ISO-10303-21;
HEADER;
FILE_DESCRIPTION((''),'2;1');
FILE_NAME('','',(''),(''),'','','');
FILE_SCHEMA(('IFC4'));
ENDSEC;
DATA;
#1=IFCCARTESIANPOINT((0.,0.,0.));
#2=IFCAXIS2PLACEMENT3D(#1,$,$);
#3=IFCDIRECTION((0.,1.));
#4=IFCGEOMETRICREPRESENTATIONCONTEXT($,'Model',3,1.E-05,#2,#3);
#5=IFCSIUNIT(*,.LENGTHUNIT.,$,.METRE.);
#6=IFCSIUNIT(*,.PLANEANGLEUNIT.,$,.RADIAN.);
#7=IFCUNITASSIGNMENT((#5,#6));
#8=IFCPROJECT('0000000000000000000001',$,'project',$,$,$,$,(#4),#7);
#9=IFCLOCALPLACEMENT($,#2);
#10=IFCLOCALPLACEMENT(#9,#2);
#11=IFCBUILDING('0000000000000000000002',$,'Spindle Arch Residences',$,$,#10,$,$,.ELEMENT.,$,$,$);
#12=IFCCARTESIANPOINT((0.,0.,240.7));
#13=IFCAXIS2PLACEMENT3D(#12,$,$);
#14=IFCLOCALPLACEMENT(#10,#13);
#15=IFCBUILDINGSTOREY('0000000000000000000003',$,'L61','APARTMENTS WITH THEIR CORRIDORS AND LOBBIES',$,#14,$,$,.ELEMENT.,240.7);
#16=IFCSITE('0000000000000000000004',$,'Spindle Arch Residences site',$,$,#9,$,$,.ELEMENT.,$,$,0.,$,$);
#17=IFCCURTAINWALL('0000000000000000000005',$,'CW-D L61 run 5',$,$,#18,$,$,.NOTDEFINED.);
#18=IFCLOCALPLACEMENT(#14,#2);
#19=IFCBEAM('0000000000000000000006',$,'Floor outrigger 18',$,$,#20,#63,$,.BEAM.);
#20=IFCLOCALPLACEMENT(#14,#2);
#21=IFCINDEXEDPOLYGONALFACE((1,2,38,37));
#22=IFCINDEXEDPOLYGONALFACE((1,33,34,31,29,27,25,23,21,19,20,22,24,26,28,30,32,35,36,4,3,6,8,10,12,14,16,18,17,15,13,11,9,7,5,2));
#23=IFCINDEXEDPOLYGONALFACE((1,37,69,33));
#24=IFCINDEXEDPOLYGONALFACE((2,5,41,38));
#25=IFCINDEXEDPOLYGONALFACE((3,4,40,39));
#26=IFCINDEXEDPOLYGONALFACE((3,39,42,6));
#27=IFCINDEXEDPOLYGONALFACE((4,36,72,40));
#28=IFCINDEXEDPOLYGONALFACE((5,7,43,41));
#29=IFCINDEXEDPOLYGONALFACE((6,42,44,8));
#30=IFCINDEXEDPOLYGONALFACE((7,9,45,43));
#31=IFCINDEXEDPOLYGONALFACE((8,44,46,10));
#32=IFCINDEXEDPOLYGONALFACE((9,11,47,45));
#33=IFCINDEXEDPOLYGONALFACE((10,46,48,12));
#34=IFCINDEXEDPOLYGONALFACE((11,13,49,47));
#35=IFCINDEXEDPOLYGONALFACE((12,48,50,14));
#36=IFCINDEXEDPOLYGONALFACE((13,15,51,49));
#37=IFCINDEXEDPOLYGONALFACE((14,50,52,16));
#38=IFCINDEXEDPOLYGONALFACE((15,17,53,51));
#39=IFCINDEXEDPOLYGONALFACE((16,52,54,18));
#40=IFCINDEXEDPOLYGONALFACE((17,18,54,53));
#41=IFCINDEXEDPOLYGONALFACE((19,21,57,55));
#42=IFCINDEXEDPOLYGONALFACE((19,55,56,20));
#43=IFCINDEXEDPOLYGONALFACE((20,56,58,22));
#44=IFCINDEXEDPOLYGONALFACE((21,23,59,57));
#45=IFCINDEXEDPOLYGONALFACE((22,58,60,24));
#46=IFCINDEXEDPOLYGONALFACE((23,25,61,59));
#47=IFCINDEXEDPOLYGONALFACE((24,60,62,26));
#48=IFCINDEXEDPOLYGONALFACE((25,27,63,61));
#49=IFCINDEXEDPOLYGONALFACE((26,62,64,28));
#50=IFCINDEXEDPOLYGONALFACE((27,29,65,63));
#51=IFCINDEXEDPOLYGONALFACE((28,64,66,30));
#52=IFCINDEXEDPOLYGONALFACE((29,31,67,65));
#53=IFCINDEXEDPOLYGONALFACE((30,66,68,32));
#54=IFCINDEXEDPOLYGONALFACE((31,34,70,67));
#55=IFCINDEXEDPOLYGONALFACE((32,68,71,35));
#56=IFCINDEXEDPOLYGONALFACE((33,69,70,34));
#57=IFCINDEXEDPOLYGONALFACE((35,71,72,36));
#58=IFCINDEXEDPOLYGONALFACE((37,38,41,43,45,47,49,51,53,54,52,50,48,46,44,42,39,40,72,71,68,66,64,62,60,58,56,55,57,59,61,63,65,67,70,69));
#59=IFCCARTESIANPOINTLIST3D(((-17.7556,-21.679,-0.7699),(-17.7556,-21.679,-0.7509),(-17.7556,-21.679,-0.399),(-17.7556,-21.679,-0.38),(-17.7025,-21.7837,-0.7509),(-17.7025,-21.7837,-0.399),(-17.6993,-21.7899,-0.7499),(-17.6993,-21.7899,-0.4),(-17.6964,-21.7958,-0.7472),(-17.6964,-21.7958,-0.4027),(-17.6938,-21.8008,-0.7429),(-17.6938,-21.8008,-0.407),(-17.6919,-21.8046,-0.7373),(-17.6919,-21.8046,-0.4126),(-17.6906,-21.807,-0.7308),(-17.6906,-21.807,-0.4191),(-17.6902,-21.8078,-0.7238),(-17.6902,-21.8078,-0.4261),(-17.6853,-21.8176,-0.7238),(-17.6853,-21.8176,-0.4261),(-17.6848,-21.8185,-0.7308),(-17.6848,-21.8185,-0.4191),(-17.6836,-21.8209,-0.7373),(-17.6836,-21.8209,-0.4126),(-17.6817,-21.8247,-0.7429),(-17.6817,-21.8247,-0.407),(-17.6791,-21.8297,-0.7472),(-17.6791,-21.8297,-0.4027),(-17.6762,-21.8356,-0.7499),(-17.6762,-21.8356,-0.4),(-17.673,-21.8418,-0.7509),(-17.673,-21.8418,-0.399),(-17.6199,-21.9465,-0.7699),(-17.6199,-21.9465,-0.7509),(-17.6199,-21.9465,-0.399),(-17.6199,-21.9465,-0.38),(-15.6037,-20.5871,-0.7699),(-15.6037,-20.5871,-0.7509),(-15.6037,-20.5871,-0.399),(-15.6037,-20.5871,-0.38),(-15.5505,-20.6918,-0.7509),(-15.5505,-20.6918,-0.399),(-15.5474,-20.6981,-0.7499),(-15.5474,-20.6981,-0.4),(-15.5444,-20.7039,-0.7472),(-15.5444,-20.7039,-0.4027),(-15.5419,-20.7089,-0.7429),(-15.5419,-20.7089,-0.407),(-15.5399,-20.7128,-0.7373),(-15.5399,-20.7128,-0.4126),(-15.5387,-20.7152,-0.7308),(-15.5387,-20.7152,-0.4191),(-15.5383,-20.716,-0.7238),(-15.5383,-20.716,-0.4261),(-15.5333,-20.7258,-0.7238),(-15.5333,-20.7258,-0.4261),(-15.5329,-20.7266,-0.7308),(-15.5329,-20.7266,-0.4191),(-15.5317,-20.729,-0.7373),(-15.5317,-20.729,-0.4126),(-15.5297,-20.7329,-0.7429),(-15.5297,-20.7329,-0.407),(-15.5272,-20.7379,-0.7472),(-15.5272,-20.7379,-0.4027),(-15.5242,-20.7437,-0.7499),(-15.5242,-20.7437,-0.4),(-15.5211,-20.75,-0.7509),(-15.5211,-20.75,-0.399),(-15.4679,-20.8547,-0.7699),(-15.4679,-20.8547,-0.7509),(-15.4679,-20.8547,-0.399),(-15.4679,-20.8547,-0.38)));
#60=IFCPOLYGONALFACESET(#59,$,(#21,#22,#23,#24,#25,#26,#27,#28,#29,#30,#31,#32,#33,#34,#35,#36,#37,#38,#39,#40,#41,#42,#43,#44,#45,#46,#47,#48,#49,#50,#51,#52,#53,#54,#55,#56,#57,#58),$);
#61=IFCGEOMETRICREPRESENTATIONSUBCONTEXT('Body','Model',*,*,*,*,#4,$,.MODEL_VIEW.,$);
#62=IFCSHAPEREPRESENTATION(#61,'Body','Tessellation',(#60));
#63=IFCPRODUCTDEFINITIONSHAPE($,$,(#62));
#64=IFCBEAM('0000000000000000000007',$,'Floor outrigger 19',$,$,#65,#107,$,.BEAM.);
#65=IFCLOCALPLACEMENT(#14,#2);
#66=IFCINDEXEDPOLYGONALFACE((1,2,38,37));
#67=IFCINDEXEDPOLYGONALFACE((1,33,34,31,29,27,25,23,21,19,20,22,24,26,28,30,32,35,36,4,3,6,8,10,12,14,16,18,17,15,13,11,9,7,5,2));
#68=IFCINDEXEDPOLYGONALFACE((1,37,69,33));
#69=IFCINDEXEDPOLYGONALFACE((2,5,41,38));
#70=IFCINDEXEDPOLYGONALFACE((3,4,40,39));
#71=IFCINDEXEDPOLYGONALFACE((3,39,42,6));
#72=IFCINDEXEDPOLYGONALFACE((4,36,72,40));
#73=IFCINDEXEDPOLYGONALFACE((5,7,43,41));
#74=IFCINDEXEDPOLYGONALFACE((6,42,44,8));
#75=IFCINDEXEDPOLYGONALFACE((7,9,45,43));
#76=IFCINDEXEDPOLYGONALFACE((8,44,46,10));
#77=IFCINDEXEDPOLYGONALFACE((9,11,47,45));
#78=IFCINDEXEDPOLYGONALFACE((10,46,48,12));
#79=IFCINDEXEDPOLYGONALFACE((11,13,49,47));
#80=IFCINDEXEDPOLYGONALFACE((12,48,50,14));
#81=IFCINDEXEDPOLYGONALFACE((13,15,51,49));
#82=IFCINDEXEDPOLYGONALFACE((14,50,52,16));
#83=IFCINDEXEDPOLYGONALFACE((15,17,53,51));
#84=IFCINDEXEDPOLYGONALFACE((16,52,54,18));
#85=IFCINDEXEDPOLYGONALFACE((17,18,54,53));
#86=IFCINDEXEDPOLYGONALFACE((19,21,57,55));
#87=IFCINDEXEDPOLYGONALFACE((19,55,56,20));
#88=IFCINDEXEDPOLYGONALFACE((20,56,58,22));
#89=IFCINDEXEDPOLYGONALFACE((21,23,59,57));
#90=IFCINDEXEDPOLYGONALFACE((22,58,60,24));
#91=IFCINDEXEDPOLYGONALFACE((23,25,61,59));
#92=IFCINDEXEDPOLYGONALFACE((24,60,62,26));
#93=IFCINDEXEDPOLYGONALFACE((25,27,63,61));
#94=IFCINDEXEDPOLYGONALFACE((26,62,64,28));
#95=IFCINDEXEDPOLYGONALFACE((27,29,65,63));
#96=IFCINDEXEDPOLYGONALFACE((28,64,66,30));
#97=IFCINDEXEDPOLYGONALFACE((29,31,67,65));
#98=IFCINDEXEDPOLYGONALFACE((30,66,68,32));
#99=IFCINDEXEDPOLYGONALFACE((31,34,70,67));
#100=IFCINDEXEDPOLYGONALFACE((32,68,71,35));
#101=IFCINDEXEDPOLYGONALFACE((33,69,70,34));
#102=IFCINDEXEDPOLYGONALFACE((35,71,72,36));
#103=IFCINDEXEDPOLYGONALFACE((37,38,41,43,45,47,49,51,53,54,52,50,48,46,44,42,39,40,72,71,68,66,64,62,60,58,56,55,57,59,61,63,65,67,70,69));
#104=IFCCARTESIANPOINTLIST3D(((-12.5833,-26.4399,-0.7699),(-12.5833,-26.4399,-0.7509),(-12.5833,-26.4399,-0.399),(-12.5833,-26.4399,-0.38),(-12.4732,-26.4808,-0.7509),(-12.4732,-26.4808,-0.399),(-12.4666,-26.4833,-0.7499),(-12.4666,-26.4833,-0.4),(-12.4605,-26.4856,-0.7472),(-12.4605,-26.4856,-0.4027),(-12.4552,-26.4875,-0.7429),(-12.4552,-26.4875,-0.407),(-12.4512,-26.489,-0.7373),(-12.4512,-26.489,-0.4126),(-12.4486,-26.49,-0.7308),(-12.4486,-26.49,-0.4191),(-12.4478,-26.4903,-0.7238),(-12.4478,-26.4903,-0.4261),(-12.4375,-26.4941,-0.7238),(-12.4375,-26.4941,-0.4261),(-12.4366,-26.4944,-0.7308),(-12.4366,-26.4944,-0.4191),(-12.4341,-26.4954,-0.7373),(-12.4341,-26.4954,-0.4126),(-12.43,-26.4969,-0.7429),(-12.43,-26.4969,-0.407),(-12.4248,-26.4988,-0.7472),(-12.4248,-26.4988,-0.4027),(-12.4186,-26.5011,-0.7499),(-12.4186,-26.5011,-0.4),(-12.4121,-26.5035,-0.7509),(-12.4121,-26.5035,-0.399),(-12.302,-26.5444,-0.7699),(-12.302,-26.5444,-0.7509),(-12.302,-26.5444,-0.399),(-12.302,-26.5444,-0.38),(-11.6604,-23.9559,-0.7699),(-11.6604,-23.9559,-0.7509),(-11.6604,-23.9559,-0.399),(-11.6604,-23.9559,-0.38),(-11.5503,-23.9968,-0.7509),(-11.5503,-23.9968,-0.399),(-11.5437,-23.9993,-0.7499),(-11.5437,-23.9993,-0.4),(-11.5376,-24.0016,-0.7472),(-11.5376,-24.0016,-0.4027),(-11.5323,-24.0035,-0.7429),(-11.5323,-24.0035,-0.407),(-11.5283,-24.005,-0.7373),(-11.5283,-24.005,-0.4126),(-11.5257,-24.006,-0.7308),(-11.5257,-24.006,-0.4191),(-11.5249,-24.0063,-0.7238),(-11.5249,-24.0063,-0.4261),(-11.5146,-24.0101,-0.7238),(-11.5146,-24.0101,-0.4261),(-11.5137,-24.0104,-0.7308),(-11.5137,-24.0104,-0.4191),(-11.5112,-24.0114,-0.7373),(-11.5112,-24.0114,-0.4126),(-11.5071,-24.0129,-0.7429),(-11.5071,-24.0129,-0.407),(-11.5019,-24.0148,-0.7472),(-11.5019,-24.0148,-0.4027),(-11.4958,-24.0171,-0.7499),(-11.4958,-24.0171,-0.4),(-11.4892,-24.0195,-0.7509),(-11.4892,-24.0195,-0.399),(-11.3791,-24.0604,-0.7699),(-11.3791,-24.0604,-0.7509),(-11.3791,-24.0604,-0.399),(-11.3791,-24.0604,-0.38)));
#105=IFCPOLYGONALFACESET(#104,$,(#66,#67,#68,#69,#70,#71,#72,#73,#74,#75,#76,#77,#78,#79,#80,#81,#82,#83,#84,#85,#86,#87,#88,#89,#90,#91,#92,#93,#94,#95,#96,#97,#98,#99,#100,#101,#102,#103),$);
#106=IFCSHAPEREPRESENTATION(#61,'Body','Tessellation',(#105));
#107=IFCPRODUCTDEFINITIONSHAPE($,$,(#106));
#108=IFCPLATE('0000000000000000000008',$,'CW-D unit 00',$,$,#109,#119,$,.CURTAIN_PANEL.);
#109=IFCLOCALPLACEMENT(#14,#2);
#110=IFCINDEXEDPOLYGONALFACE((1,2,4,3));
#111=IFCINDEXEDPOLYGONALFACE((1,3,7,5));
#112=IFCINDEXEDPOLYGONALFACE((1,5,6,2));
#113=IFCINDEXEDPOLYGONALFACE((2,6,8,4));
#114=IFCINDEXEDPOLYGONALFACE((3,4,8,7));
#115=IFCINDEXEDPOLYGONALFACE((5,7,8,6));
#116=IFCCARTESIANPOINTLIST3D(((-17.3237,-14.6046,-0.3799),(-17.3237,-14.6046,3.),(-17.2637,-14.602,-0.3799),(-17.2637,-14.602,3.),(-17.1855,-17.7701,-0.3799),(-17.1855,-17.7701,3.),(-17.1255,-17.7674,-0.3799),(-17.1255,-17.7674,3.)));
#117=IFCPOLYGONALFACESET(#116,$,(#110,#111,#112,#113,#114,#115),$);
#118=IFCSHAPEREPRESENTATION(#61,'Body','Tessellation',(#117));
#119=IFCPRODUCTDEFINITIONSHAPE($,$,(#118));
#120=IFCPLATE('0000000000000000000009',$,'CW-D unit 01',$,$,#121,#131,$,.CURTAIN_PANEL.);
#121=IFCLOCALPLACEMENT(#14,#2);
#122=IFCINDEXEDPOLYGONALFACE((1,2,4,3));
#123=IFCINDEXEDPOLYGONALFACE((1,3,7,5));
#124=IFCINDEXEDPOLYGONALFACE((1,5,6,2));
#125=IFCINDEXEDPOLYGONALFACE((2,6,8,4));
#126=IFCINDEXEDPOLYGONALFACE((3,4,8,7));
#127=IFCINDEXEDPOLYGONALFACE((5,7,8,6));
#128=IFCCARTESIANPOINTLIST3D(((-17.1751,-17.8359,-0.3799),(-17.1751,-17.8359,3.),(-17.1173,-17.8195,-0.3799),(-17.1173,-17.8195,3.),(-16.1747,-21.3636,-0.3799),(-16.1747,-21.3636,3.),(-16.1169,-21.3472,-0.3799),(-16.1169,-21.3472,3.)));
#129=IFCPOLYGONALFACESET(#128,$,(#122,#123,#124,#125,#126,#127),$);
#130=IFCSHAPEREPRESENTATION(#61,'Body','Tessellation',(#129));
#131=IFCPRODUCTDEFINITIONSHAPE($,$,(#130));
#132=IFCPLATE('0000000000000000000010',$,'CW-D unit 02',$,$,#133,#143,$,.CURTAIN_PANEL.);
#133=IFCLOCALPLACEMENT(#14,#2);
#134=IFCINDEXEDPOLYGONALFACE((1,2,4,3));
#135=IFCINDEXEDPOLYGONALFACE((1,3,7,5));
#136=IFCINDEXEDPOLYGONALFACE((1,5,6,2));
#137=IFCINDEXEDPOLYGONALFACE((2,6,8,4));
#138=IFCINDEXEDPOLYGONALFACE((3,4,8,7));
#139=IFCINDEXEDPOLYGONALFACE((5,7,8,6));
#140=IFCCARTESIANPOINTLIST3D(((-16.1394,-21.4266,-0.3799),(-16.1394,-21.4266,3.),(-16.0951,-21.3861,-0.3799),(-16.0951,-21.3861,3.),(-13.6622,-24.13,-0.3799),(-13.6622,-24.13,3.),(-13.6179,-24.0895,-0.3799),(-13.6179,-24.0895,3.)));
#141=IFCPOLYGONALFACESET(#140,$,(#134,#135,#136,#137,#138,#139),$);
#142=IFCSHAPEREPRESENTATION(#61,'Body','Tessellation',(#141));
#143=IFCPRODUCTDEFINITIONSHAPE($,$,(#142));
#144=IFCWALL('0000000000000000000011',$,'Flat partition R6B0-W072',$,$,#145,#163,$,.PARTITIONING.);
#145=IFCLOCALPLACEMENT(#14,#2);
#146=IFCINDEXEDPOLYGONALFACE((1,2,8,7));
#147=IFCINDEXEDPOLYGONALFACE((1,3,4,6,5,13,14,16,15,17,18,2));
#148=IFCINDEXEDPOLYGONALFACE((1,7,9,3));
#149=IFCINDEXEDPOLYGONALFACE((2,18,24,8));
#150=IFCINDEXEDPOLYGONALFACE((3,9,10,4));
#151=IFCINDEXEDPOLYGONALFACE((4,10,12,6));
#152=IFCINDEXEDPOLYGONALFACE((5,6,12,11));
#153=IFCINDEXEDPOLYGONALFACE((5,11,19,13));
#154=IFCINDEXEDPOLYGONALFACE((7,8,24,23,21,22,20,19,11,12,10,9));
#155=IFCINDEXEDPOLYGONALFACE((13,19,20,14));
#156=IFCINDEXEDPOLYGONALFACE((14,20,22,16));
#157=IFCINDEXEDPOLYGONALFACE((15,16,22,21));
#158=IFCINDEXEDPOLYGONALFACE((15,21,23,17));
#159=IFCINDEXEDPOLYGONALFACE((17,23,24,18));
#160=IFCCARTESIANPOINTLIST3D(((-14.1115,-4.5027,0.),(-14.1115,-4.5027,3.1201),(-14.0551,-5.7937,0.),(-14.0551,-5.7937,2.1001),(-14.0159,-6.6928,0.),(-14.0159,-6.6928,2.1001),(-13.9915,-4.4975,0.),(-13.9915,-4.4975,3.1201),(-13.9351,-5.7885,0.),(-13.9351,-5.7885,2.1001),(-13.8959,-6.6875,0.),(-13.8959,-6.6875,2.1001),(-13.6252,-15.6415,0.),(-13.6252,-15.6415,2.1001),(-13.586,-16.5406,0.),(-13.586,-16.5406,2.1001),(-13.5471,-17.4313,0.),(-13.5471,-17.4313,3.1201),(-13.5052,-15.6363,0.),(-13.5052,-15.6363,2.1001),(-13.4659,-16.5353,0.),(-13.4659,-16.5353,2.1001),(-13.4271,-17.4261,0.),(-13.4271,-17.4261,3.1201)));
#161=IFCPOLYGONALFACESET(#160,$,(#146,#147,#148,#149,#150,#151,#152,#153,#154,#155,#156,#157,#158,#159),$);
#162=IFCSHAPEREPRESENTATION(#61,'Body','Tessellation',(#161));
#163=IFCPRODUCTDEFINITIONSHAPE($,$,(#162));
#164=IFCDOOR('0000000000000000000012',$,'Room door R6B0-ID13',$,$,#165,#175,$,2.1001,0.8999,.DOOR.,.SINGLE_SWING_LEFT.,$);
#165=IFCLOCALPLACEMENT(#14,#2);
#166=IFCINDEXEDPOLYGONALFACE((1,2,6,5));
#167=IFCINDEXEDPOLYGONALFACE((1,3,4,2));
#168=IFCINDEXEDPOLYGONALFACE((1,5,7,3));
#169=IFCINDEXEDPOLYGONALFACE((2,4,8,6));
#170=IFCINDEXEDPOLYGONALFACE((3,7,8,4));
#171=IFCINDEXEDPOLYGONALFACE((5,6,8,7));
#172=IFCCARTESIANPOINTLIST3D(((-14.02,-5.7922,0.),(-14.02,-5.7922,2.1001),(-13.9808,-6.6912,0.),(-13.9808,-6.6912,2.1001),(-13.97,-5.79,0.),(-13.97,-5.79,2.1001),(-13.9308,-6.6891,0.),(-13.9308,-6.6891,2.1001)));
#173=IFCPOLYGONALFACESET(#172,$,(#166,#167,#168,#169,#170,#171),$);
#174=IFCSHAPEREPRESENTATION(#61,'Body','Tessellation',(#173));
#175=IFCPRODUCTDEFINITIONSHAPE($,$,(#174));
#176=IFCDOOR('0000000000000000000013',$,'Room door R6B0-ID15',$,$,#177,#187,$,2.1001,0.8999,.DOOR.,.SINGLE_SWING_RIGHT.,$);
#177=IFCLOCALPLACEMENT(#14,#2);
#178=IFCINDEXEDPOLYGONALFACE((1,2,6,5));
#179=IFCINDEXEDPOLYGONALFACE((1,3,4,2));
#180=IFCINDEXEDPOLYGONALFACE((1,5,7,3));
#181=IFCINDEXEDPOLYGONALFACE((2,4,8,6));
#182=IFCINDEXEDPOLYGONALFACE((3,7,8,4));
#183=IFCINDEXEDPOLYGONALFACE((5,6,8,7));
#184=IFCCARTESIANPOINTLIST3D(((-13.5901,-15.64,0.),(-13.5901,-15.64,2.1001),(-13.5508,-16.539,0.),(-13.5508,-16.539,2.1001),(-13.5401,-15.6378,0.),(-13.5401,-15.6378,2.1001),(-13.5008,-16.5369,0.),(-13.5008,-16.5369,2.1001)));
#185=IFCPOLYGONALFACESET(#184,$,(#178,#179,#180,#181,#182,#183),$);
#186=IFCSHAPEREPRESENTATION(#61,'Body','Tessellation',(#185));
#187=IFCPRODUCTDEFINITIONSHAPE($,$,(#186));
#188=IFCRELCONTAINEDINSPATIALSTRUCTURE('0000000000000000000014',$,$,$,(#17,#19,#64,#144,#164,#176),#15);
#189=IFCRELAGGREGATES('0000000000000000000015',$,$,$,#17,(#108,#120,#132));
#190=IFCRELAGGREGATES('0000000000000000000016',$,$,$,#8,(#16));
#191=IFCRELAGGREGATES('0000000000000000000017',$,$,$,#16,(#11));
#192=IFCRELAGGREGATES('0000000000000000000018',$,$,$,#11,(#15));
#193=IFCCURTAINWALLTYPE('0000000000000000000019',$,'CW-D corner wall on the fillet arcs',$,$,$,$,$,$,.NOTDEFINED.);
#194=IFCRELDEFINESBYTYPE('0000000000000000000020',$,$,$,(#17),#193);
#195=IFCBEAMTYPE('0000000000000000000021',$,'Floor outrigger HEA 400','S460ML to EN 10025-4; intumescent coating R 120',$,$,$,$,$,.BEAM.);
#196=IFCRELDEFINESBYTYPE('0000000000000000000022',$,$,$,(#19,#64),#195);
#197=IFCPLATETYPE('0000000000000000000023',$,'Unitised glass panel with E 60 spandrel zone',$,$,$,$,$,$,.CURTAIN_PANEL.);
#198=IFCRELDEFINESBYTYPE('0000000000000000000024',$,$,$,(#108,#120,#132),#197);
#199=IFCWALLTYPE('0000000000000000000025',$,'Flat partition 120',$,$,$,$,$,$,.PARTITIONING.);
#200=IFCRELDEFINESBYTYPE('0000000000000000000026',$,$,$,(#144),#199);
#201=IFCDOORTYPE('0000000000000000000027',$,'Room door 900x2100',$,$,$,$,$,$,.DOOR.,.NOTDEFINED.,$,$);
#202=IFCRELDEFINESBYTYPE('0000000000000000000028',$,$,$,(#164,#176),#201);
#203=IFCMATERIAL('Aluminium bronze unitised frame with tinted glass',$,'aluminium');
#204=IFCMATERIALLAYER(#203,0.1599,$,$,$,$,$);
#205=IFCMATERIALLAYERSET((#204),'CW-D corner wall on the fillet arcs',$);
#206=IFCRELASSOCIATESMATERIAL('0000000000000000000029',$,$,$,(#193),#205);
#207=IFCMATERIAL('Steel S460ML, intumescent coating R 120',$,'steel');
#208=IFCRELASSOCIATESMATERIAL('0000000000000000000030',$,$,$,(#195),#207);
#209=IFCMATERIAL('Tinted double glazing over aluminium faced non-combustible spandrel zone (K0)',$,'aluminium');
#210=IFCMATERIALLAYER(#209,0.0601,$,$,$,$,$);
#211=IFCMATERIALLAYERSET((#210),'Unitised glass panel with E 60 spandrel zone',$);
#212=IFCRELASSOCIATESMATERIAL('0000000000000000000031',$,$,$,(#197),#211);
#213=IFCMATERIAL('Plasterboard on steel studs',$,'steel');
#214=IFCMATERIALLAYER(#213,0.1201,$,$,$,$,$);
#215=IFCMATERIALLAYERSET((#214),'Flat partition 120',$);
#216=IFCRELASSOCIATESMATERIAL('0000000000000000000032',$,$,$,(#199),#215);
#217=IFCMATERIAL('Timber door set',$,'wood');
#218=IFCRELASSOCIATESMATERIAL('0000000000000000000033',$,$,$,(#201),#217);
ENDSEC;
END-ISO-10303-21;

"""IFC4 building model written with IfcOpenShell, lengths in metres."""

from ifc_helpers import new_model, si_unit, direction, frame, frame_2d, origin, origin_2d, place, context, subcontext, project, spatial, rectangle, i_section, extrude, material, layer, layer_set, material_profile, profile_set, type_object, element, fill, aggregate, save


model = new_model("IFC4")

# Units and contexts
model_context = context("Model", 3, precision=1e-05, world=origin(), true_north=direction((0.0, 1.0)))
body_context = subcontext(model_context, "Body", "Model", "MODEL_VIEW")
ifc_project = project(units=[si_unit("LENGTHUNIT", "METRE"), si_unit("PLANEANGLEUNIT", "RADIAN")], contexts=[model_context])

# Site, building, storey
site_placement = place(None, origin())
site = spatial("IfcSite", under=ifc_project, at=site_placement, Name="Spindle Arch Residences site", CompositionType="ELEMENT", RefElevation=0.0)
building_placement = place(site_placement, origin())
building = spatial("IfcBuilding", under=site, at=building_placement, Name="Spindle Arch Residences", CompositionType="ELEMENT")
storey_placement = place(building_placement, frame((0.0, 0.0, 240.7)))
storey = spatial("IfcBuildingStorey", under=building, at=storey_placement, Name="L61", Description="APARTMENTS WITH THEIR CORRIDORS AND LOBBIES", CompositionType="ELEMENT", Elevation=240.7)

# Curtain wall
ifc_material_1 = material(Name="Aluminium bronze unitised frame with tinted glass", Category="aluminium")
ifc_layer_1 = layer(ifc_material_1, 0.1599)
ifc_layer_set_1 = layer_set([ifc_layer_1], Name="CW-D corner wall on the fillet arcs")
curtain_wall_type = type_object("IfcCurtainWallType", Name="CW-D corner wall on the fillet arcs", PredefinedType="NOTDEFINED", material=ifc_layer_set_1)
curtain_wall_placement = place(storey_placement, origin())
curtain_wall = element("IfcCurtainWall", 1, at=curtain_wall_placement, inside=storey, type_object=curtain_wall_type, Name="CW-D L61 run 5", PredefinedType="NOTDEFINED")

# Beams
ifc_material_2 = material(Name="Steel S460ML, intumescent coating R 120", Category="steel")
ifc_material_profile_1 = material_profile(ifc_material_2, i_section(OverallWidth=0.3, OverallDepth=0.3899, WebThickness=0.011, FlangeThickness=0.019, FilletRadius=0.0271, at=origin_2d()), Name="HEA 400")
ifc_profile_set_1 = profile_set([ifc_material_profile_1], Name="Steel S460ML, intumescent coating R 120")
beam_type_1 = type_object("IfcBeamType", Name="Floor outrigger HEA 400", Description="S460ML to EN 10025-4; intumescent coating R 120", PredefinedType="BEAM", material=ifc_profile_set_1)
beam_1_placement = place(storey_placement, frame((-17.6877, -21.8127, -0.575), z_axis=(0.891781, 0.452467, 0.0), x_axis=(-0.452467, 0.891781, 0.0)))
element("IfcBeam", 2, at=beam_1_placement, inside=storey, type_object=beam_type_1, Name="Floor outrigger 18", PredefinedType="BEAM", context=body_context, shape_type="SweptSolid", body=[
    extrude(i_section(OverallWidth=0.3, OverallDepth=0.3899, WebThickness=0.011, FlangeThickness=0.019, FilletRadius=0.0271, at=origin_2d()), origin(), (0.0, 0.0, 1.0), 2.4131),
])
beam_2_placement = place(storey_placement, frame((-12.4426, -26.4922, -0.575), z_axis=(0.348274, 0.937393, 0.0), x_axis=(-0.937393, 0.348274, 0.0)))
element("IfcBeam", 3, at=beam_2_placement, inside=storey, type_object=beam_type_1, Name="Floor outrigger 19", PredefinedType="BEAM", context=body_context, shape_type="SweptSolid", body=[
    extrude(i_section(OverallWidth=0.3, OverallDepth=0.3899, WebThickness=0.011, FlangeThickness=0.019, FilletRadius=0.0271, at=origin_2d()), origin(), (0.0, 0.0, 1.0), 2.6499),
])

# Plates
ifc_material_3 = material(Name="Tinted double glazing over aluminium faced non-combustible spandrel zone (K0)", Category="aluminium")
ifc_layer_2 = layer(ifc_material_3, 0.0601)
ifc_layer_set_2 = layer_set([ifc_layer_2], Name="Unitised glass panel with E 60 spandrel zone")
plate_type = type_object("IfcPlateType", Name="Unitised glass panel with E 60 spandrel zone", PredefinedType="CURTAIN_PANEL", material=ifc_layer_set_2)
plate_1_placement = place(storey_placement, frame((-17.2246, -16.186, -0.3799), z_axis=(0.0, 0.0, 1.0), x_axis=(0.043619, -0.999048, 0.0)))
plate_1 = element("IfcPlate", 4, at=plate_1_placement, type_object=plate_type, Name="CW-D unit 00", PredefinedType="CURTAIN_PANEL", context=body_context, shape_type="SweptSolid", body=[
    extrude(rectangle(XDim=3.1685, YDim=0.0601, at=origin_2d()), origin(), (0.0, 0.0, 1.0), 3.3799),
])
plate_2_placement = place(storey_placement, frame((-16.646, -19.5916, -0.3799), z_axis=(0.0, 0.0, 1.0), x_axis=(0.27284, -0.962059, 0.0)))
plate_2 = element("IfcPlate", 5, at=plate_2_placement, type_object=plate_type, Name="CW-D unit 01", PredefinedType="CURTAIN_PANEL", context=body_context, shape_type="SweptSolid", body=[
    extrude(rectangle(XDim=3.6667, YDim=0.0601, at=origin_2d()), origin(), (0.0, 0.0, 1.0), 3.3799),
])
plate_3_placement = place(storey_placement, frame((-14.8787, -22.7581, -0.3799), z_axis=(0.0, 0.0, 1.0), x_axis=(0.67559, -0.737277, 0.0)))
plate_3 = element("IfcPlate", 6, at=plate_3_placement, type_object=plate_type, Name="CW-D unit 02", PredefinedType="CURTAIN_PANEL", context=body_context, shape_type="SweptSolid", body=[
    extrude(rectangle(XDim=3.6667, YDim=0.0601, at=origin_2d()), origin(), (0.0, 0.0, 1.0), 3.3799),
])
aggregate(curtain_wall, [plate_1, plate_2, plate_3])

# Wall, openings, doors
ifc_material_4 = material(Name="Plasterboard on steel studs", Category="steel")
ifc_layer_3 = layer(ifc_material_4, 0.1201)
ifc_layer_set_3 = layer_set([ifc_layer_3], Name="Flat partition 120")
wall_type_1 = type_object("IfcWallType", Name="Flat partition 120", PredefinedType="PARTITIONING", material=ifc_layer_set_3)
wall_1_placement = place(storey_placement, frame((-13.4871, -17.4287, 0.0), z_axis=(0.0, 0.0, 1.0), x_axis=(-0.043617, 0.999048, 0.0)))
wall_1 = element("IfcWall", 7, at=wall_1_placement, inside=storey, type_object=wall_type_1, Name="Flat partition R6B0-W072", PredefinedType="PARTITIONING", context=body_context, shape_type="SweptSolid", body=[
    extrude(rectangle(XDim=12.9409, YDim=0.1201, at=frame_2d((6.4705, 0.0))), origin(), (0.0, 0.0, 1.0), 3.1201),
])
opening_1_placement = place(wall_1_placement, frame((10.7488, 0.0, 0.0)))
opening_1 = element("IfcOpeningElement", 8, at=opening_1_placement, cuts=wall_1, PredefinedType="OPENING", context=body_context, shape_type="SweptSolid", body=[
    extrude(rectangle(XDim=0.8999, YDim=2.1001, at=frame_2d((0.45, 1.05))), frame((0.0, 0.0701, 0.0), z_axis=(0.0, -1.0, 0.0), x_axis=(1.0, 0.0, 0.0)), (0.0, 0.0, 1.0), 0.1401),
])
opening_2_placement = place(wall_1_placement, frame((0.8916, 0.0, 0.0)))
opening_2 = element("IfcOpeningElement", 9, at=opening_2_placement, cuts=wall_1, PredefinedType="OPENING", context=body_context, shape_type="SweptSolid", body=[
    extrude(rectangle(XDim=0.8999, YDim=2.1001, at=frame_2d((0.45, 1.05))), frame((0.0, 0.0701, 0.0), z_axis=(0.0, -1.0, 0.0), x_axis=(1.0, 0.0, 0.0)), (0.0, 0.0, 1.0), 0.1401),
])
ifc_material_5 = material(Name="Timber door set", Category="wood")
door_type = type_object("IfcDoorType", Name="Room door 900x2100", OperationType="NOTDEFINED", PredefinedType="DOOR", material=ifc_material_5)
door_1_placement = place(opening_1_placement, origin())
door_1 = element("IfcDoor", 10, at=door_1_placement, inside=storey, type_object=door_type, Name="Room door R6B0-ID13", OperationType="SINGLE_SWING_LEFT", OverallHeight=2.1001, OverallWidth=0.8999, PredefinedType="DOOR", context=body_context, shape_type="SweptSolid", body=[
    extrude(rectangle(XDim=0.8999, YDim=2.1001, at=frame_2d((0.45, 1.05))), frame((0.0, 0.0249, 0.0), z_axis=(0.0, -1.0, 0.0), x_axis=(1.0, 0.0, 0.0)), (0.0, 0.0, 1.0), 0.05),
])
fill(opening_1, door_1)
door_2_placement = place(opening_2_placement, origin())
door_2 = element("IfcDoor", 11, at=door_2_placement, inside=storey, type_object=door_type, Name="Room door R6B0-ID15", OperationType="SINGLE_SWING_RIGHT", OverallHeight=2.1001, OverallWidth=0.8999, PredefinedType="DOOR", context=body_context, shape_type="SweptSolid", body=[
    extrude(rectangle(XDim=0.8999, YDim=2.1001, at=frame_2d((0.45, 1.05))), frame((0.0, 0.0249, 0.0), z_axis=(0.0, -1.0, 0.0), x_axis=(1.0, 0.0, 0.0)), (0.0, 0.0, 1.0), 0.05),
])
fill(opening_2, door_2)

save(model, "model.ifc")
